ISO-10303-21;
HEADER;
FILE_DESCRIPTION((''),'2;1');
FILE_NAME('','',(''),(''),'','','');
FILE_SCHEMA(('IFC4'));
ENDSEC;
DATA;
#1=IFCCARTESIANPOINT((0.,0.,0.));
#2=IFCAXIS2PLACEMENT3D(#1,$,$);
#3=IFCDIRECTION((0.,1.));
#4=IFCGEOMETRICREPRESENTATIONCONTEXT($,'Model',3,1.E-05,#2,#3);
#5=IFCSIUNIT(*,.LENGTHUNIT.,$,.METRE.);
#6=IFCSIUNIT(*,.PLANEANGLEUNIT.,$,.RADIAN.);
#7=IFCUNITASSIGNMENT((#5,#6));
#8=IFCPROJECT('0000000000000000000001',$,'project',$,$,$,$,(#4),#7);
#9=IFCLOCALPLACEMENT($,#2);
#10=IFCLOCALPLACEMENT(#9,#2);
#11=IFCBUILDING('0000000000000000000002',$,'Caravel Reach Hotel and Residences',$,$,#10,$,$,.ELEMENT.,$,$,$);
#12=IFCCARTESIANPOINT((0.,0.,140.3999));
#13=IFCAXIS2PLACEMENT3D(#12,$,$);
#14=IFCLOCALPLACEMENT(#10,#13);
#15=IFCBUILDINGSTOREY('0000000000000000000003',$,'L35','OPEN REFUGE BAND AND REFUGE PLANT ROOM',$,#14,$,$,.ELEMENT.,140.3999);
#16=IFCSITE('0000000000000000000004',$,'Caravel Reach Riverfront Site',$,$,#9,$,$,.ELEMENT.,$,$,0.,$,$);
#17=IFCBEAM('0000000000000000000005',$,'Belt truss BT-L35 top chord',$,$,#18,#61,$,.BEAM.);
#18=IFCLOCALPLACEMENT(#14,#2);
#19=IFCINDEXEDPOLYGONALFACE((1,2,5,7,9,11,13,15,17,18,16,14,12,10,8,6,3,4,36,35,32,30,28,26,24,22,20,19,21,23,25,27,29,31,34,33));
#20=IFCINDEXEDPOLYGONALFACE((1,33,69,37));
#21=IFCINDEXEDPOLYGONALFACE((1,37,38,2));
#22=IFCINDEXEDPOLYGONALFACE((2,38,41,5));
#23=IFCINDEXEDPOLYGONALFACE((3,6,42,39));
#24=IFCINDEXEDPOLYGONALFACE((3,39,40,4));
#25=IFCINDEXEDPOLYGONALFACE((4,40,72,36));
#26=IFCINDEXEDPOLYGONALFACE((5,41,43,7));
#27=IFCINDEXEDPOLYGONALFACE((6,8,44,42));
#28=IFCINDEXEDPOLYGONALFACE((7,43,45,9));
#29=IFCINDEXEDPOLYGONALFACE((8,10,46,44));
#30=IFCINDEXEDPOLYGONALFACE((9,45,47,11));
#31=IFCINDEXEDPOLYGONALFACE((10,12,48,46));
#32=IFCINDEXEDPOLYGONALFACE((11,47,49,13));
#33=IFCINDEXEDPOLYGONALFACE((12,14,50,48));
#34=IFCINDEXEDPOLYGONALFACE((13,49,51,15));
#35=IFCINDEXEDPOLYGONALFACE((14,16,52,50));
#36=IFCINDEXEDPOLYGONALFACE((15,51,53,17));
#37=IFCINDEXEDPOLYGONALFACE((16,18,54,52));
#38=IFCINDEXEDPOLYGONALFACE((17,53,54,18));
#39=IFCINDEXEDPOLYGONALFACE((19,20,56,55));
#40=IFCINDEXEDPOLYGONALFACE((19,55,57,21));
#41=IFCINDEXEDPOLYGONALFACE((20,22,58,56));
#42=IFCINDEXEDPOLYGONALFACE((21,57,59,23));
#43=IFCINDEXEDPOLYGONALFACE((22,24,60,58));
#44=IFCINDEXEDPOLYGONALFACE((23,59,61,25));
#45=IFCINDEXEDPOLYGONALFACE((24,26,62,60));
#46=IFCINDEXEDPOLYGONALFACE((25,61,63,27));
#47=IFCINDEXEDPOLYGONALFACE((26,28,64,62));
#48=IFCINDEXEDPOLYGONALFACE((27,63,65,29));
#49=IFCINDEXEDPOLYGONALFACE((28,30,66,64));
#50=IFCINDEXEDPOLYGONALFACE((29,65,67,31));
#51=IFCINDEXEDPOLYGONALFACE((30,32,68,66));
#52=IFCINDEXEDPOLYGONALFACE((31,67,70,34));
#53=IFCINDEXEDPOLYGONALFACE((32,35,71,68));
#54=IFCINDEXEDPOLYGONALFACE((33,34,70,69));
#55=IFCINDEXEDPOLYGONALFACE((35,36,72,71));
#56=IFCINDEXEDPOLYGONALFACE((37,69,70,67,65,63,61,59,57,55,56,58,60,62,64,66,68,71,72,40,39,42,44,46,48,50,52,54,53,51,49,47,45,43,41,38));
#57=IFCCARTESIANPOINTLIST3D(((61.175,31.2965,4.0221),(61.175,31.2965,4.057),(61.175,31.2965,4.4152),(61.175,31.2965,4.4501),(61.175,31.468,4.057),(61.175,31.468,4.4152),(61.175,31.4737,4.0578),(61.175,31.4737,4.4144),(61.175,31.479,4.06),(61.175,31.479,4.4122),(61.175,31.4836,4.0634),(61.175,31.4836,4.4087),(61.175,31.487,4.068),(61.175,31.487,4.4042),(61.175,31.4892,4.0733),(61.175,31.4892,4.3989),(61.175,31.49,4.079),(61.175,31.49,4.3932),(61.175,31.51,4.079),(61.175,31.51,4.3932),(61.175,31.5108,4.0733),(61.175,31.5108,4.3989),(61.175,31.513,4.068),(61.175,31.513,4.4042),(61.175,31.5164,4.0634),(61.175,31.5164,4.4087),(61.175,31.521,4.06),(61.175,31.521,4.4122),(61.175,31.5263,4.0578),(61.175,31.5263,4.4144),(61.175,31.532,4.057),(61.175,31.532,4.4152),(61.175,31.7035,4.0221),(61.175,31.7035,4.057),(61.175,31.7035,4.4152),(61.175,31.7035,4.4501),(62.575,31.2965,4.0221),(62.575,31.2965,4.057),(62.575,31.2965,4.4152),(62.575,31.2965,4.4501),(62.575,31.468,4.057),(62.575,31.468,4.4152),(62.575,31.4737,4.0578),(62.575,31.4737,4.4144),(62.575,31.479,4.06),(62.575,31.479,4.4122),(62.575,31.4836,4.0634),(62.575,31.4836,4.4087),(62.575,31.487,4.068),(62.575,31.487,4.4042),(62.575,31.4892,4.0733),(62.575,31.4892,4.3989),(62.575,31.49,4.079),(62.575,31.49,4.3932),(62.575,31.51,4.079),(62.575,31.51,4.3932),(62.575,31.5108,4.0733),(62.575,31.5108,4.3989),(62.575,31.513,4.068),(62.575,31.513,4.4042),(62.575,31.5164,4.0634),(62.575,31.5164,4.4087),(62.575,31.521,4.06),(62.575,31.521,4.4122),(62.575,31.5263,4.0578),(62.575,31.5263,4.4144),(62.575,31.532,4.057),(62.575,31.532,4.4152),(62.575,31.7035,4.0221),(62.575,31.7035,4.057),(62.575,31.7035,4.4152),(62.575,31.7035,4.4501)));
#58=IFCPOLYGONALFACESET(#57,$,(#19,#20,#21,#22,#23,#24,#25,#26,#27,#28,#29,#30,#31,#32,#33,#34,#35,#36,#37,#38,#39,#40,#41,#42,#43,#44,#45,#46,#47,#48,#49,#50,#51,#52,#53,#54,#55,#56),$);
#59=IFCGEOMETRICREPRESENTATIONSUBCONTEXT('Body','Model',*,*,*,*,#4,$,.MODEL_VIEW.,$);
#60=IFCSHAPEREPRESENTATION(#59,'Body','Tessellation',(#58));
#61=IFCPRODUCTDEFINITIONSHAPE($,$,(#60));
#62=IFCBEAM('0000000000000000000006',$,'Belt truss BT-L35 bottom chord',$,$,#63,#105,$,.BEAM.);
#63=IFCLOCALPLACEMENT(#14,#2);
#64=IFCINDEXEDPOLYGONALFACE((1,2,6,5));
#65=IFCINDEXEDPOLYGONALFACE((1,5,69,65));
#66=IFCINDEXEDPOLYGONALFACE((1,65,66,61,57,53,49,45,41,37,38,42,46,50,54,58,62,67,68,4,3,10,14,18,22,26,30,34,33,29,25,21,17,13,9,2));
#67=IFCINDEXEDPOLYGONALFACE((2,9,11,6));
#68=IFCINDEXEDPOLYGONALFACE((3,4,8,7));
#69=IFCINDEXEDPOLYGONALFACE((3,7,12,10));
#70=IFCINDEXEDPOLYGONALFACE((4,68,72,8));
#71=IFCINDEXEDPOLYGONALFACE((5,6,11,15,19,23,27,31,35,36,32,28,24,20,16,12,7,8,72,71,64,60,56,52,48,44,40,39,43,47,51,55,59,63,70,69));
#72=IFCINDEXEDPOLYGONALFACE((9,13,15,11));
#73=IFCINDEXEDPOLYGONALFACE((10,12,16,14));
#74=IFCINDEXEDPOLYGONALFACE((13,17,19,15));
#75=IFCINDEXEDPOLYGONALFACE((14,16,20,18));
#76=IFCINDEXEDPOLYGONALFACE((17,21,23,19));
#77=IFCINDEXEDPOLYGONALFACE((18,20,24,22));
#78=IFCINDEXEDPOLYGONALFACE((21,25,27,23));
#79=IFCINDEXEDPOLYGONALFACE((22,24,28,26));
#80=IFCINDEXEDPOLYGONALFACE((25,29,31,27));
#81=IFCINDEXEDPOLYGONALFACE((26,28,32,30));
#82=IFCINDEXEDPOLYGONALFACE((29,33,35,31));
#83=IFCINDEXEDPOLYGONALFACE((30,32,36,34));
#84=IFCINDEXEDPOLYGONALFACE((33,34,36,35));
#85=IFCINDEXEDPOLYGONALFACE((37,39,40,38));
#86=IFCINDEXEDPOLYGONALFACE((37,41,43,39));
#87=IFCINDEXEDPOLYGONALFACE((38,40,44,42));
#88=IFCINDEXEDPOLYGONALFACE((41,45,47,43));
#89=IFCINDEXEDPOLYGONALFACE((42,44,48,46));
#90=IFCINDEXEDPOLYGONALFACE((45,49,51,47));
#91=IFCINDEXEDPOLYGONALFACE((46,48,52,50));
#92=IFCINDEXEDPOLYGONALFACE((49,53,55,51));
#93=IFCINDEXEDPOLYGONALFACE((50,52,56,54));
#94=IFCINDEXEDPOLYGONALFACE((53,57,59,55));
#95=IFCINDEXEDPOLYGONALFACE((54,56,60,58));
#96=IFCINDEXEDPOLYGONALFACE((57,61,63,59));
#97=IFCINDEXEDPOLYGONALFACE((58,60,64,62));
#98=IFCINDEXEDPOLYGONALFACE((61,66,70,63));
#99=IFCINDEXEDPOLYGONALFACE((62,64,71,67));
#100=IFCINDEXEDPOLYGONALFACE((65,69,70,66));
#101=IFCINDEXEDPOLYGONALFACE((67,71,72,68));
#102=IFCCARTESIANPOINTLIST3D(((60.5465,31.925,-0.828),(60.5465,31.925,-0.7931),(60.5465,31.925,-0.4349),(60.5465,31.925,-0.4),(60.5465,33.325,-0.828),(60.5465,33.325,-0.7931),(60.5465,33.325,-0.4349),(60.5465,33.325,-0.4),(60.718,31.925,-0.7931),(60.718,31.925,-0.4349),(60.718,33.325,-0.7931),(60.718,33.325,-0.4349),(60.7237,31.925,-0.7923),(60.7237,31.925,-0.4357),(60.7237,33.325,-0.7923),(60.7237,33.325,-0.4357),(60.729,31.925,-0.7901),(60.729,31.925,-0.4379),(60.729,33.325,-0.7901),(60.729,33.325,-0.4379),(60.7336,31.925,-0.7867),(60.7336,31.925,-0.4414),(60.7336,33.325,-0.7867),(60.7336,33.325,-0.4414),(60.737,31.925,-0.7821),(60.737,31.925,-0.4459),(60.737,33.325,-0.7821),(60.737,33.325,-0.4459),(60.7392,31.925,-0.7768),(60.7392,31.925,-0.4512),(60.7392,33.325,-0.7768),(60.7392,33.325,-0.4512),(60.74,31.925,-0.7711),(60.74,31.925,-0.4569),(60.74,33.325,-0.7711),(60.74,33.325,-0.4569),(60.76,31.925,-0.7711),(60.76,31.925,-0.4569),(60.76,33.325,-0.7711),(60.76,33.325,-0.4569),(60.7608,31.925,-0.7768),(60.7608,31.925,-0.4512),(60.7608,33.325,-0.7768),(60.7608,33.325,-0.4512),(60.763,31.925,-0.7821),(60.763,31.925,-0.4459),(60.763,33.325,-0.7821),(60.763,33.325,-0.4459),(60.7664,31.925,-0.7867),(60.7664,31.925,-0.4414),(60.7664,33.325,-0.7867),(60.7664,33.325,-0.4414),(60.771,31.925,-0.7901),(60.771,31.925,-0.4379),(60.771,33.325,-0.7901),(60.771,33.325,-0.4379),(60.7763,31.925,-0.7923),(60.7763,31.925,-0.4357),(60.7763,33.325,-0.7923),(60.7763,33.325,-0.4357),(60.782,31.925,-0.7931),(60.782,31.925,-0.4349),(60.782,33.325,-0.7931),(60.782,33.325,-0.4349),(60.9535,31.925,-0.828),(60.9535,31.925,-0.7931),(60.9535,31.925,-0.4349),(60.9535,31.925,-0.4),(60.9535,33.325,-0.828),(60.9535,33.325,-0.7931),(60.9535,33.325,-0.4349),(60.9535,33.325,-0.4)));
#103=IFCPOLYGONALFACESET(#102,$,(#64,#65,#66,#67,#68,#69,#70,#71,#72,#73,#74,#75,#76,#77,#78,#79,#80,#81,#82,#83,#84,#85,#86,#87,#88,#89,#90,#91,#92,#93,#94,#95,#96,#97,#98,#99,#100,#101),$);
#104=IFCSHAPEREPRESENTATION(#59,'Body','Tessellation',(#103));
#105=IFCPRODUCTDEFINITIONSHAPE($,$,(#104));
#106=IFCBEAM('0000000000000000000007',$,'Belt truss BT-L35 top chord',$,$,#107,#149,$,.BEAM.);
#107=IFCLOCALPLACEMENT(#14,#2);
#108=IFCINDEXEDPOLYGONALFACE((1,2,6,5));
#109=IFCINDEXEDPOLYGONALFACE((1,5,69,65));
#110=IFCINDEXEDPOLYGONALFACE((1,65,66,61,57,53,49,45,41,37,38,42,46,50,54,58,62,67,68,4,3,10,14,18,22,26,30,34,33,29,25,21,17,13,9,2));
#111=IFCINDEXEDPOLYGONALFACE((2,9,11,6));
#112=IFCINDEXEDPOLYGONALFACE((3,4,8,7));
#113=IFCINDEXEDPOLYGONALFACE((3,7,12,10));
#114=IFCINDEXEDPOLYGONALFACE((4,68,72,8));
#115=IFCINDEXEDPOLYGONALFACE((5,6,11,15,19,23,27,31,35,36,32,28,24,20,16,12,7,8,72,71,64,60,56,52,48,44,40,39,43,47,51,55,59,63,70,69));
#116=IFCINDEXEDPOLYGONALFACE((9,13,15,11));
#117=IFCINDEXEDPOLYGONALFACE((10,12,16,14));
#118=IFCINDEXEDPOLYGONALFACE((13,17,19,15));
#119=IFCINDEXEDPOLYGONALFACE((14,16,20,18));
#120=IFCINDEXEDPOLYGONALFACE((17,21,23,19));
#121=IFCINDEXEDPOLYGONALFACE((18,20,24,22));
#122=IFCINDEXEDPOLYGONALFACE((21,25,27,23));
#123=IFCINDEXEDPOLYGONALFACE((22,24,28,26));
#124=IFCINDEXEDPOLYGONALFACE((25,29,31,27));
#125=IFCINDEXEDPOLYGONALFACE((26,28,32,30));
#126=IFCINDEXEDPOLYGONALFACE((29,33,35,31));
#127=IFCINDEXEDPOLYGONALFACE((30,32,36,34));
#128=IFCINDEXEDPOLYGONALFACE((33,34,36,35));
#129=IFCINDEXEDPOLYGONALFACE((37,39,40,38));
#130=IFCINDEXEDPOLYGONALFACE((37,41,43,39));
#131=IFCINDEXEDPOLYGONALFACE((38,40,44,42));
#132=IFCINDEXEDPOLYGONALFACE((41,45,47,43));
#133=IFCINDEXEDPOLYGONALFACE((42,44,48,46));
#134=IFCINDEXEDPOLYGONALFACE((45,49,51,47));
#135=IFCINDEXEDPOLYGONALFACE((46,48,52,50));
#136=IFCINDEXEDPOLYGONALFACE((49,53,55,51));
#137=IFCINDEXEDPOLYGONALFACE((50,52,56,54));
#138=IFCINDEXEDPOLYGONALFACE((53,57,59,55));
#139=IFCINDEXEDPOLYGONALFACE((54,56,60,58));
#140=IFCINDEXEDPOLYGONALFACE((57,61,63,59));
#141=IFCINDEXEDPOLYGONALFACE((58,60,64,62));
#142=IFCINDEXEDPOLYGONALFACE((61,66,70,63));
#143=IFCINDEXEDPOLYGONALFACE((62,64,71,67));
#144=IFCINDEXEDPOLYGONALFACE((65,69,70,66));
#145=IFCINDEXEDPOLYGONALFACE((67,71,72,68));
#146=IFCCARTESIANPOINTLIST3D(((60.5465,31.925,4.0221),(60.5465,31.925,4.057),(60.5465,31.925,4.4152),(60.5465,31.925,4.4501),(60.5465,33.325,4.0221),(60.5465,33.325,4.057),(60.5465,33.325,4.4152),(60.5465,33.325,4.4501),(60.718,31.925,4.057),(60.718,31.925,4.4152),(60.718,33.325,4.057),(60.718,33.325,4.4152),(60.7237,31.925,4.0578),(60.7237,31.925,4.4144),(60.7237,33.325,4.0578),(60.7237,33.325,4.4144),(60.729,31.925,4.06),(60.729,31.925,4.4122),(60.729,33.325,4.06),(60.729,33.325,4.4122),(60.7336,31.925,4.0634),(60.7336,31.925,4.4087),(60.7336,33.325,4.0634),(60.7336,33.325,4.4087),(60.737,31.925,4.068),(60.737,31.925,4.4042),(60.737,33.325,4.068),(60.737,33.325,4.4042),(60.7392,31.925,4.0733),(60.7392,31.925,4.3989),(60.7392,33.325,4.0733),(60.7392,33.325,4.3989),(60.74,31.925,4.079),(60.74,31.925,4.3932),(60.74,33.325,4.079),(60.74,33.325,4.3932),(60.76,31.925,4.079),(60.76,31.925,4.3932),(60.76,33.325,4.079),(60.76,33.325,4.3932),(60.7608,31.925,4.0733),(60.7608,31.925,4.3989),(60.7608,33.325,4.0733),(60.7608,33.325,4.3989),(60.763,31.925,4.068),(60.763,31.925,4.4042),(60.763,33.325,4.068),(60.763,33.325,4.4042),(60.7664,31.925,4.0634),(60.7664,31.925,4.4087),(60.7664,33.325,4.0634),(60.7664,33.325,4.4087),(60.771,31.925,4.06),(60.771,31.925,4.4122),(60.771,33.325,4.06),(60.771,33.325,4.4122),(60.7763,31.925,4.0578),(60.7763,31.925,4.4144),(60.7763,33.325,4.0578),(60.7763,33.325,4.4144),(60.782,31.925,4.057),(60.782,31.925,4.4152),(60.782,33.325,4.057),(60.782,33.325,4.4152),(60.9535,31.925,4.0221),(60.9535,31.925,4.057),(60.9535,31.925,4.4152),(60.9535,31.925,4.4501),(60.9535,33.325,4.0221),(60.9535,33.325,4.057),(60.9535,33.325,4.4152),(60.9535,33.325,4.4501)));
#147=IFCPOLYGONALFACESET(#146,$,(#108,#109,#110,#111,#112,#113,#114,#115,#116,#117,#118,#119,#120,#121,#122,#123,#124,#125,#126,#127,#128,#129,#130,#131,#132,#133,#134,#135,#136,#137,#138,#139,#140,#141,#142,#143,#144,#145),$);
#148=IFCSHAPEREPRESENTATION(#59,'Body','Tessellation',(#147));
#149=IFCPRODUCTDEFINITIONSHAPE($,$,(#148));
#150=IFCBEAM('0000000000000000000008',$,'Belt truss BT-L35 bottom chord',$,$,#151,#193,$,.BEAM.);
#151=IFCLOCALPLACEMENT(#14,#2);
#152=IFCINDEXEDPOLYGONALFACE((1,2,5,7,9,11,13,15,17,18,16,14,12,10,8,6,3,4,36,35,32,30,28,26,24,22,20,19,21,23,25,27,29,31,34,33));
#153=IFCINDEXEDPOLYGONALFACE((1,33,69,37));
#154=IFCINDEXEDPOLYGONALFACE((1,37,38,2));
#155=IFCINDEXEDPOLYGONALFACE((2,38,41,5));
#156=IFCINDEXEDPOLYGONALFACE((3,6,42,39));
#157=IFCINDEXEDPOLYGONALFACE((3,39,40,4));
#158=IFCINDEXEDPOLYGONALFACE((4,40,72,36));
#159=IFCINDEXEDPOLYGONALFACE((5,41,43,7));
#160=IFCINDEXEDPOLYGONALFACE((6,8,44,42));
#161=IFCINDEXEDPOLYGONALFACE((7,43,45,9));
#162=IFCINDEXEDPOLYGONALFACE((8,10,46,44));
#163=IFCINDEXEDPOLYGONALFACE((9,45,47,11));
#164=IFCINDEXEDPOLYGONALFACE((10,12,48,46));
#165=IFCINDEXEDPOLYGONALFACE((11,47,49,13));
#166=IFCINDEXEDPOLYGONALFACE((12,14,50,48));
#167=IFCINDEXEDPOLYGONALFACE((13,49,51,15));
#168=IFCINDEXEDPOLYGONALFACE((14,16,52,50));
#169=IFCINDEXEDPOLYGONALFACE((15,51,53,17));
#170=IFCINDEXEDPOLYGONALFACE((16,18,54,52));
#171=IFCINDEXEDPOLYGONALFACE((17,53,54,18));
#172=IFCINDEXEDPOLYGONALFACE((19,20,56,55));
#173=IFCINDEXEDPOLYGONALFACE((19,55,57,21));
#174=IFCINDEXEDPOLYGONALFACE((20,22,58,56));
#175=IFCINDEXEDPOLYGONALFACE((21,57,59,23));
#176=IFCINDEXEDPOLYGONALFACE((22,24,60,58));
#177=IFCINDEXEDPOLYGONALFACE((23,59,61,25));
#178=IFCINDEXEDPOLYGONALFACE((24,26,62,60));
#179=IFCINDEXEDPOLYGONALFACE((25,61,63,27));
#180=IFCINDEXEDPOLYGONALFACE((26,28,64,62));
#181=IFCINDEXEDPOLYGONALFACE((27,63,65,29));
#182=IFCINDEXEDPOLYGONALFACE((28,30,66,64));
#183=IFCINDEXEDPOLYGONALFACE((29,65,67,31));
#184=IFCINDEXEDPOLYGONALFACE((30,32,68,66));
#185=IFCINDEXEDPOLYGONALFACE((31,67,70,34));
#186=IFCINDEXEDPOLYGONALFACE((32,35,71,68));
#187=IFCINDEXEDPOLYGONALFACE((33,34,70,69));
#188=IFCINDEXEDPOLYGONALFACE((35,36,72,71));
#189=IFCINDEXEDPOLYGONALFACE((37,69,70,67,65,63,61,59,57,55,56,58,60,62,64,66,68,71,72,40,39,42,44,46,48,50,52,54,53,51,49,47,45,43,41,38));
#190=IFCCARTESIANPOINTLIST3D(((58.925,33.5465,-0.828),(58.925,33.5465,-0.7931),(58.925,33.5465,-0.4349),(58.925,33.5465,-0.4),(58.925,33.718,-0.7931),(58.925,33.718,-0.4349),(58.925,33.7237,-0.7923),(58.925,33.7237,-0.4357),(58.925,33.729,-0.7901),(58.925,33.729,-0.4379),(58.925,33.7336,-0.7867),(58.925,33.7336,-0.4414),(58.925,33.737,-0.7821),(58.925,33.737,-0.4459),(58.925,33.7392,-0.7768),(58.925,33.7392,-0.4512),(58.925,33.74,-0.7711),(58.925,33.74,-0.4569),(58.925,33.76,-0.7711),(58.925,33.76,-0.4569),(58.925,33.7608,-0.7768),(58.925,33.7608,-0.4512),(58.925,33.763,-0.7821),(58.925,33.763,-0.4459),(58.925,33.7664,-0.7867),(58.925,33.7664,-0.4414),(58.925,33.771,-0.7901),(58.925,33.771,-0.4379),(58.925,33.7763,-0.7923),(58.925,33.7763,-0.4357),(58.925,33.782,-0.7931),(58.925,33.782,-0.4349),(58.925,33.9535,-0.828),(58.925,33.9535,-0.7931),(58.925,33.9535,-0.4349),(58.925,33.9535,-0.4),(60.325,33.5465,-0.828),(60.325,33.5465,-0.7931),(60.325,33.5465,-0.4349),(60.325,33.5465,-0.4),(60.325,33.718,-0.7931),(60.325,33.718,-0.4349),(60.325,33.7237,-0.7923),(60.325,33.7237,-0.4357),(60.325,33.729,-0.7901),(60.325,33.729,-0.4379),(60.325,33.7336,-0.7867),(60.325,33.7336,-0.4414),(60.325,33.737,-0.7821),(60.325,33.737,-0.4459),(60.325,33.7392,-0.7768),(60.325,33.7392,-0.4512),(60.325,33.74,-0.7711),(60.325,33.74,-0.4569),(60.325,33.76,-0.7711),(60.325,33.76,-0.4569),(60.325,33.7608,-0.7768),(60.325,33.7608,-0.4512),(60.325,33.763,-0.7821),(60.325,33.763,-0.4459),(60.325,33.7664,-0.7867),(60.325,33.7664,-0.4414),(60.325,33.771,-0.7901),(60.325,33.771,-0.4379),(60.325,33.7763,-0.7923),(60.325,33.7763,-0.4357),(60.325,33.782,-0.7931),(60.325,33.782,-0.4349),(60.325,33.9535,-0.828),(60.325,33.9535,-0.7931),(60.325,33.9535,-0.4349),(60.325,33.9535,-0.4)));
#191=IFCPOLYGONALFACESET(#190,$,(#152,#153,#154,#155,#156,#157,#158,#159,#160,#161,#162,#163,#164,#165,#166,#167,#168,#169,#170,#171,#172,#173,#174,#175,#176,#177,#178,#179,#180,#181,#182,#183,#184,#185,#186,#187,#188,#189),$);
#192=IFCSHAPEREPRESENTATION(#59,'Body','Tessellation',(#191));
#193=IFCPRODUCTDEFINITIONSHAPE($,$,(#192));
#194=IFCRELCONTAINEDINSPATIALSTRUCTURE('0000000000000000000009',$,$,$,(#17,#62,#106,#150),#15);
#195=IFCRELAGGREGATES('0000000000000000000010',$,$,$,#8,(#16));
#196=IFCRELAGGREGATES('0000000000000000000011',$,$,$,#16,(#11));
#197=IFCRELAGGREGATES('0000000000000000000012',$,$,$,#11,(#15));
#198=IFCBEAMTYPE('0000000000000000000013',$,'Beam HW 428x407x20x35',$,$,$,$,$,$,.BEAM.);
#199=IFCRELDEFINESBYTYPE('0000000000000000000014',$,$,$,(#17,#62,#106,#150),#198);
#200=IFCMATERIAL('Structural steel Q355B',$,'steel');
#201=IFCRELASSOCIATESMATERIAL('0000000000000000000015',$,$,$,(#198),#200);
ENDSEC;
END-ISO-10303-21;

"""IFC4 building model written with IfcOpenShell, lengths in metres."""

from ifc_helpers import new_model, si_unit, direction, frame, origin, origin_2d, place, context, subcontext, project, spatial, i_section, extrude, material, material_profile, profile_set, type_object, element, save


model = new_model("IFC4")

# Units and contexts
model_context = context("Model", 3, precision=1e-05, world=origin(), true_north=direction((0.0, 1.0)))
body_context = subcontext(model_context, "Body", "Model", "MODEL_VIEW")
ifc_project = project(units=[si_unit("LENGTHUNIT", "METRE"), si_unit("PLANEANGLEUNIT", "RADIAN")], contexts=[model_context])

# Site, building, storey
site_placement = place(None, origin())
site = spatial("IfcSite", under=ifc_project, at=site_placement, Name="Caravel Reach Riverfront Site", CompositionType="ELEMENT", RefElevation=0.0)
building_placement = place(site_placement, origin())
building = spatial("IfcBuilding", under=site, at=building_placement, Name="Caravel Reach Hotel and Residences", CompositionType="ELEMENT")
storey_placement = place(building_placement, frame((0.0, 0.0, 140.3999)))
storey = spatial("IfcBuildingStorey", under=building, at=storey_placement, Name="L35", Description="OPEN REFUGE BAND AND REFUGE PLANT ROOM", CompositionType="ELEMENT", Elevation=140.3999)

# Beams
ifc_material_1 = material(Name="Structural steel Q355B", Category="steel")
ifc_material_profile_1 = material_profile(ifc_material_1, i_section(OverallWidth=0.407, OverallDepth=0.428, WebThickness=0.02, FlangeThickness=0.0349, FilletRadius=0.022, at=origin_2d()), Name="HW 428x407x20x35")
ifc_profile_set_1 = profile_set([ifc_material_profile_1], Name="Structural steel Q355B")
beam_type = type_object("IfcBeamType", Name="Beam HW 428x407x20x35", PredefinedType="BEAM", material=ifc_profile_set_1)
for number, where, z_axis, x_axis, name in (
    (1, (62.575, 31.5, 4.2361), (-1.0, 0.0, 0.0), (0.0, -1.0, 0.0), "Belt truss BT-L35 top chord"),
    (2, (60.75, 31.925, -0.614), (0.0, 1.0, 0.0), (-1.0, 0.0, 0.0), "Belt truss BT-L35 bottom chord"),
    (3, (60.75, 31.925, 4.2361), (0.0, 1.0, 0.0), (-1.0, 0.0, 0.0), "Belt truss BT-L35 top chord"),
    (4, (60.325, 33.75, -0.614), (-1.0, 0.0, 0.0), (0.0, -1.0, 0.0), "Belt truss BT-L35 bottom chord"),
):
    element("IfcBeam", number, at=place(storey_placement, frame(where, z_axis=z_axis, x_axis=x_axis)), inside=storey, type_object=beam_type, Name=name, PredefinedType="BEAM", context=body_context, shape_type="SweptSolid", body=[
        extrude(i_section(OverallWidth=0.407, OverallDepth=0.428, WebThickness=0.02, FlangeThickness=0.0349, FilletRadius=0.022, at=origin_2d()), origin(), (0.0, 0.0, 1.0), 1.3999),
    ])

save(model, "model.ifc")
